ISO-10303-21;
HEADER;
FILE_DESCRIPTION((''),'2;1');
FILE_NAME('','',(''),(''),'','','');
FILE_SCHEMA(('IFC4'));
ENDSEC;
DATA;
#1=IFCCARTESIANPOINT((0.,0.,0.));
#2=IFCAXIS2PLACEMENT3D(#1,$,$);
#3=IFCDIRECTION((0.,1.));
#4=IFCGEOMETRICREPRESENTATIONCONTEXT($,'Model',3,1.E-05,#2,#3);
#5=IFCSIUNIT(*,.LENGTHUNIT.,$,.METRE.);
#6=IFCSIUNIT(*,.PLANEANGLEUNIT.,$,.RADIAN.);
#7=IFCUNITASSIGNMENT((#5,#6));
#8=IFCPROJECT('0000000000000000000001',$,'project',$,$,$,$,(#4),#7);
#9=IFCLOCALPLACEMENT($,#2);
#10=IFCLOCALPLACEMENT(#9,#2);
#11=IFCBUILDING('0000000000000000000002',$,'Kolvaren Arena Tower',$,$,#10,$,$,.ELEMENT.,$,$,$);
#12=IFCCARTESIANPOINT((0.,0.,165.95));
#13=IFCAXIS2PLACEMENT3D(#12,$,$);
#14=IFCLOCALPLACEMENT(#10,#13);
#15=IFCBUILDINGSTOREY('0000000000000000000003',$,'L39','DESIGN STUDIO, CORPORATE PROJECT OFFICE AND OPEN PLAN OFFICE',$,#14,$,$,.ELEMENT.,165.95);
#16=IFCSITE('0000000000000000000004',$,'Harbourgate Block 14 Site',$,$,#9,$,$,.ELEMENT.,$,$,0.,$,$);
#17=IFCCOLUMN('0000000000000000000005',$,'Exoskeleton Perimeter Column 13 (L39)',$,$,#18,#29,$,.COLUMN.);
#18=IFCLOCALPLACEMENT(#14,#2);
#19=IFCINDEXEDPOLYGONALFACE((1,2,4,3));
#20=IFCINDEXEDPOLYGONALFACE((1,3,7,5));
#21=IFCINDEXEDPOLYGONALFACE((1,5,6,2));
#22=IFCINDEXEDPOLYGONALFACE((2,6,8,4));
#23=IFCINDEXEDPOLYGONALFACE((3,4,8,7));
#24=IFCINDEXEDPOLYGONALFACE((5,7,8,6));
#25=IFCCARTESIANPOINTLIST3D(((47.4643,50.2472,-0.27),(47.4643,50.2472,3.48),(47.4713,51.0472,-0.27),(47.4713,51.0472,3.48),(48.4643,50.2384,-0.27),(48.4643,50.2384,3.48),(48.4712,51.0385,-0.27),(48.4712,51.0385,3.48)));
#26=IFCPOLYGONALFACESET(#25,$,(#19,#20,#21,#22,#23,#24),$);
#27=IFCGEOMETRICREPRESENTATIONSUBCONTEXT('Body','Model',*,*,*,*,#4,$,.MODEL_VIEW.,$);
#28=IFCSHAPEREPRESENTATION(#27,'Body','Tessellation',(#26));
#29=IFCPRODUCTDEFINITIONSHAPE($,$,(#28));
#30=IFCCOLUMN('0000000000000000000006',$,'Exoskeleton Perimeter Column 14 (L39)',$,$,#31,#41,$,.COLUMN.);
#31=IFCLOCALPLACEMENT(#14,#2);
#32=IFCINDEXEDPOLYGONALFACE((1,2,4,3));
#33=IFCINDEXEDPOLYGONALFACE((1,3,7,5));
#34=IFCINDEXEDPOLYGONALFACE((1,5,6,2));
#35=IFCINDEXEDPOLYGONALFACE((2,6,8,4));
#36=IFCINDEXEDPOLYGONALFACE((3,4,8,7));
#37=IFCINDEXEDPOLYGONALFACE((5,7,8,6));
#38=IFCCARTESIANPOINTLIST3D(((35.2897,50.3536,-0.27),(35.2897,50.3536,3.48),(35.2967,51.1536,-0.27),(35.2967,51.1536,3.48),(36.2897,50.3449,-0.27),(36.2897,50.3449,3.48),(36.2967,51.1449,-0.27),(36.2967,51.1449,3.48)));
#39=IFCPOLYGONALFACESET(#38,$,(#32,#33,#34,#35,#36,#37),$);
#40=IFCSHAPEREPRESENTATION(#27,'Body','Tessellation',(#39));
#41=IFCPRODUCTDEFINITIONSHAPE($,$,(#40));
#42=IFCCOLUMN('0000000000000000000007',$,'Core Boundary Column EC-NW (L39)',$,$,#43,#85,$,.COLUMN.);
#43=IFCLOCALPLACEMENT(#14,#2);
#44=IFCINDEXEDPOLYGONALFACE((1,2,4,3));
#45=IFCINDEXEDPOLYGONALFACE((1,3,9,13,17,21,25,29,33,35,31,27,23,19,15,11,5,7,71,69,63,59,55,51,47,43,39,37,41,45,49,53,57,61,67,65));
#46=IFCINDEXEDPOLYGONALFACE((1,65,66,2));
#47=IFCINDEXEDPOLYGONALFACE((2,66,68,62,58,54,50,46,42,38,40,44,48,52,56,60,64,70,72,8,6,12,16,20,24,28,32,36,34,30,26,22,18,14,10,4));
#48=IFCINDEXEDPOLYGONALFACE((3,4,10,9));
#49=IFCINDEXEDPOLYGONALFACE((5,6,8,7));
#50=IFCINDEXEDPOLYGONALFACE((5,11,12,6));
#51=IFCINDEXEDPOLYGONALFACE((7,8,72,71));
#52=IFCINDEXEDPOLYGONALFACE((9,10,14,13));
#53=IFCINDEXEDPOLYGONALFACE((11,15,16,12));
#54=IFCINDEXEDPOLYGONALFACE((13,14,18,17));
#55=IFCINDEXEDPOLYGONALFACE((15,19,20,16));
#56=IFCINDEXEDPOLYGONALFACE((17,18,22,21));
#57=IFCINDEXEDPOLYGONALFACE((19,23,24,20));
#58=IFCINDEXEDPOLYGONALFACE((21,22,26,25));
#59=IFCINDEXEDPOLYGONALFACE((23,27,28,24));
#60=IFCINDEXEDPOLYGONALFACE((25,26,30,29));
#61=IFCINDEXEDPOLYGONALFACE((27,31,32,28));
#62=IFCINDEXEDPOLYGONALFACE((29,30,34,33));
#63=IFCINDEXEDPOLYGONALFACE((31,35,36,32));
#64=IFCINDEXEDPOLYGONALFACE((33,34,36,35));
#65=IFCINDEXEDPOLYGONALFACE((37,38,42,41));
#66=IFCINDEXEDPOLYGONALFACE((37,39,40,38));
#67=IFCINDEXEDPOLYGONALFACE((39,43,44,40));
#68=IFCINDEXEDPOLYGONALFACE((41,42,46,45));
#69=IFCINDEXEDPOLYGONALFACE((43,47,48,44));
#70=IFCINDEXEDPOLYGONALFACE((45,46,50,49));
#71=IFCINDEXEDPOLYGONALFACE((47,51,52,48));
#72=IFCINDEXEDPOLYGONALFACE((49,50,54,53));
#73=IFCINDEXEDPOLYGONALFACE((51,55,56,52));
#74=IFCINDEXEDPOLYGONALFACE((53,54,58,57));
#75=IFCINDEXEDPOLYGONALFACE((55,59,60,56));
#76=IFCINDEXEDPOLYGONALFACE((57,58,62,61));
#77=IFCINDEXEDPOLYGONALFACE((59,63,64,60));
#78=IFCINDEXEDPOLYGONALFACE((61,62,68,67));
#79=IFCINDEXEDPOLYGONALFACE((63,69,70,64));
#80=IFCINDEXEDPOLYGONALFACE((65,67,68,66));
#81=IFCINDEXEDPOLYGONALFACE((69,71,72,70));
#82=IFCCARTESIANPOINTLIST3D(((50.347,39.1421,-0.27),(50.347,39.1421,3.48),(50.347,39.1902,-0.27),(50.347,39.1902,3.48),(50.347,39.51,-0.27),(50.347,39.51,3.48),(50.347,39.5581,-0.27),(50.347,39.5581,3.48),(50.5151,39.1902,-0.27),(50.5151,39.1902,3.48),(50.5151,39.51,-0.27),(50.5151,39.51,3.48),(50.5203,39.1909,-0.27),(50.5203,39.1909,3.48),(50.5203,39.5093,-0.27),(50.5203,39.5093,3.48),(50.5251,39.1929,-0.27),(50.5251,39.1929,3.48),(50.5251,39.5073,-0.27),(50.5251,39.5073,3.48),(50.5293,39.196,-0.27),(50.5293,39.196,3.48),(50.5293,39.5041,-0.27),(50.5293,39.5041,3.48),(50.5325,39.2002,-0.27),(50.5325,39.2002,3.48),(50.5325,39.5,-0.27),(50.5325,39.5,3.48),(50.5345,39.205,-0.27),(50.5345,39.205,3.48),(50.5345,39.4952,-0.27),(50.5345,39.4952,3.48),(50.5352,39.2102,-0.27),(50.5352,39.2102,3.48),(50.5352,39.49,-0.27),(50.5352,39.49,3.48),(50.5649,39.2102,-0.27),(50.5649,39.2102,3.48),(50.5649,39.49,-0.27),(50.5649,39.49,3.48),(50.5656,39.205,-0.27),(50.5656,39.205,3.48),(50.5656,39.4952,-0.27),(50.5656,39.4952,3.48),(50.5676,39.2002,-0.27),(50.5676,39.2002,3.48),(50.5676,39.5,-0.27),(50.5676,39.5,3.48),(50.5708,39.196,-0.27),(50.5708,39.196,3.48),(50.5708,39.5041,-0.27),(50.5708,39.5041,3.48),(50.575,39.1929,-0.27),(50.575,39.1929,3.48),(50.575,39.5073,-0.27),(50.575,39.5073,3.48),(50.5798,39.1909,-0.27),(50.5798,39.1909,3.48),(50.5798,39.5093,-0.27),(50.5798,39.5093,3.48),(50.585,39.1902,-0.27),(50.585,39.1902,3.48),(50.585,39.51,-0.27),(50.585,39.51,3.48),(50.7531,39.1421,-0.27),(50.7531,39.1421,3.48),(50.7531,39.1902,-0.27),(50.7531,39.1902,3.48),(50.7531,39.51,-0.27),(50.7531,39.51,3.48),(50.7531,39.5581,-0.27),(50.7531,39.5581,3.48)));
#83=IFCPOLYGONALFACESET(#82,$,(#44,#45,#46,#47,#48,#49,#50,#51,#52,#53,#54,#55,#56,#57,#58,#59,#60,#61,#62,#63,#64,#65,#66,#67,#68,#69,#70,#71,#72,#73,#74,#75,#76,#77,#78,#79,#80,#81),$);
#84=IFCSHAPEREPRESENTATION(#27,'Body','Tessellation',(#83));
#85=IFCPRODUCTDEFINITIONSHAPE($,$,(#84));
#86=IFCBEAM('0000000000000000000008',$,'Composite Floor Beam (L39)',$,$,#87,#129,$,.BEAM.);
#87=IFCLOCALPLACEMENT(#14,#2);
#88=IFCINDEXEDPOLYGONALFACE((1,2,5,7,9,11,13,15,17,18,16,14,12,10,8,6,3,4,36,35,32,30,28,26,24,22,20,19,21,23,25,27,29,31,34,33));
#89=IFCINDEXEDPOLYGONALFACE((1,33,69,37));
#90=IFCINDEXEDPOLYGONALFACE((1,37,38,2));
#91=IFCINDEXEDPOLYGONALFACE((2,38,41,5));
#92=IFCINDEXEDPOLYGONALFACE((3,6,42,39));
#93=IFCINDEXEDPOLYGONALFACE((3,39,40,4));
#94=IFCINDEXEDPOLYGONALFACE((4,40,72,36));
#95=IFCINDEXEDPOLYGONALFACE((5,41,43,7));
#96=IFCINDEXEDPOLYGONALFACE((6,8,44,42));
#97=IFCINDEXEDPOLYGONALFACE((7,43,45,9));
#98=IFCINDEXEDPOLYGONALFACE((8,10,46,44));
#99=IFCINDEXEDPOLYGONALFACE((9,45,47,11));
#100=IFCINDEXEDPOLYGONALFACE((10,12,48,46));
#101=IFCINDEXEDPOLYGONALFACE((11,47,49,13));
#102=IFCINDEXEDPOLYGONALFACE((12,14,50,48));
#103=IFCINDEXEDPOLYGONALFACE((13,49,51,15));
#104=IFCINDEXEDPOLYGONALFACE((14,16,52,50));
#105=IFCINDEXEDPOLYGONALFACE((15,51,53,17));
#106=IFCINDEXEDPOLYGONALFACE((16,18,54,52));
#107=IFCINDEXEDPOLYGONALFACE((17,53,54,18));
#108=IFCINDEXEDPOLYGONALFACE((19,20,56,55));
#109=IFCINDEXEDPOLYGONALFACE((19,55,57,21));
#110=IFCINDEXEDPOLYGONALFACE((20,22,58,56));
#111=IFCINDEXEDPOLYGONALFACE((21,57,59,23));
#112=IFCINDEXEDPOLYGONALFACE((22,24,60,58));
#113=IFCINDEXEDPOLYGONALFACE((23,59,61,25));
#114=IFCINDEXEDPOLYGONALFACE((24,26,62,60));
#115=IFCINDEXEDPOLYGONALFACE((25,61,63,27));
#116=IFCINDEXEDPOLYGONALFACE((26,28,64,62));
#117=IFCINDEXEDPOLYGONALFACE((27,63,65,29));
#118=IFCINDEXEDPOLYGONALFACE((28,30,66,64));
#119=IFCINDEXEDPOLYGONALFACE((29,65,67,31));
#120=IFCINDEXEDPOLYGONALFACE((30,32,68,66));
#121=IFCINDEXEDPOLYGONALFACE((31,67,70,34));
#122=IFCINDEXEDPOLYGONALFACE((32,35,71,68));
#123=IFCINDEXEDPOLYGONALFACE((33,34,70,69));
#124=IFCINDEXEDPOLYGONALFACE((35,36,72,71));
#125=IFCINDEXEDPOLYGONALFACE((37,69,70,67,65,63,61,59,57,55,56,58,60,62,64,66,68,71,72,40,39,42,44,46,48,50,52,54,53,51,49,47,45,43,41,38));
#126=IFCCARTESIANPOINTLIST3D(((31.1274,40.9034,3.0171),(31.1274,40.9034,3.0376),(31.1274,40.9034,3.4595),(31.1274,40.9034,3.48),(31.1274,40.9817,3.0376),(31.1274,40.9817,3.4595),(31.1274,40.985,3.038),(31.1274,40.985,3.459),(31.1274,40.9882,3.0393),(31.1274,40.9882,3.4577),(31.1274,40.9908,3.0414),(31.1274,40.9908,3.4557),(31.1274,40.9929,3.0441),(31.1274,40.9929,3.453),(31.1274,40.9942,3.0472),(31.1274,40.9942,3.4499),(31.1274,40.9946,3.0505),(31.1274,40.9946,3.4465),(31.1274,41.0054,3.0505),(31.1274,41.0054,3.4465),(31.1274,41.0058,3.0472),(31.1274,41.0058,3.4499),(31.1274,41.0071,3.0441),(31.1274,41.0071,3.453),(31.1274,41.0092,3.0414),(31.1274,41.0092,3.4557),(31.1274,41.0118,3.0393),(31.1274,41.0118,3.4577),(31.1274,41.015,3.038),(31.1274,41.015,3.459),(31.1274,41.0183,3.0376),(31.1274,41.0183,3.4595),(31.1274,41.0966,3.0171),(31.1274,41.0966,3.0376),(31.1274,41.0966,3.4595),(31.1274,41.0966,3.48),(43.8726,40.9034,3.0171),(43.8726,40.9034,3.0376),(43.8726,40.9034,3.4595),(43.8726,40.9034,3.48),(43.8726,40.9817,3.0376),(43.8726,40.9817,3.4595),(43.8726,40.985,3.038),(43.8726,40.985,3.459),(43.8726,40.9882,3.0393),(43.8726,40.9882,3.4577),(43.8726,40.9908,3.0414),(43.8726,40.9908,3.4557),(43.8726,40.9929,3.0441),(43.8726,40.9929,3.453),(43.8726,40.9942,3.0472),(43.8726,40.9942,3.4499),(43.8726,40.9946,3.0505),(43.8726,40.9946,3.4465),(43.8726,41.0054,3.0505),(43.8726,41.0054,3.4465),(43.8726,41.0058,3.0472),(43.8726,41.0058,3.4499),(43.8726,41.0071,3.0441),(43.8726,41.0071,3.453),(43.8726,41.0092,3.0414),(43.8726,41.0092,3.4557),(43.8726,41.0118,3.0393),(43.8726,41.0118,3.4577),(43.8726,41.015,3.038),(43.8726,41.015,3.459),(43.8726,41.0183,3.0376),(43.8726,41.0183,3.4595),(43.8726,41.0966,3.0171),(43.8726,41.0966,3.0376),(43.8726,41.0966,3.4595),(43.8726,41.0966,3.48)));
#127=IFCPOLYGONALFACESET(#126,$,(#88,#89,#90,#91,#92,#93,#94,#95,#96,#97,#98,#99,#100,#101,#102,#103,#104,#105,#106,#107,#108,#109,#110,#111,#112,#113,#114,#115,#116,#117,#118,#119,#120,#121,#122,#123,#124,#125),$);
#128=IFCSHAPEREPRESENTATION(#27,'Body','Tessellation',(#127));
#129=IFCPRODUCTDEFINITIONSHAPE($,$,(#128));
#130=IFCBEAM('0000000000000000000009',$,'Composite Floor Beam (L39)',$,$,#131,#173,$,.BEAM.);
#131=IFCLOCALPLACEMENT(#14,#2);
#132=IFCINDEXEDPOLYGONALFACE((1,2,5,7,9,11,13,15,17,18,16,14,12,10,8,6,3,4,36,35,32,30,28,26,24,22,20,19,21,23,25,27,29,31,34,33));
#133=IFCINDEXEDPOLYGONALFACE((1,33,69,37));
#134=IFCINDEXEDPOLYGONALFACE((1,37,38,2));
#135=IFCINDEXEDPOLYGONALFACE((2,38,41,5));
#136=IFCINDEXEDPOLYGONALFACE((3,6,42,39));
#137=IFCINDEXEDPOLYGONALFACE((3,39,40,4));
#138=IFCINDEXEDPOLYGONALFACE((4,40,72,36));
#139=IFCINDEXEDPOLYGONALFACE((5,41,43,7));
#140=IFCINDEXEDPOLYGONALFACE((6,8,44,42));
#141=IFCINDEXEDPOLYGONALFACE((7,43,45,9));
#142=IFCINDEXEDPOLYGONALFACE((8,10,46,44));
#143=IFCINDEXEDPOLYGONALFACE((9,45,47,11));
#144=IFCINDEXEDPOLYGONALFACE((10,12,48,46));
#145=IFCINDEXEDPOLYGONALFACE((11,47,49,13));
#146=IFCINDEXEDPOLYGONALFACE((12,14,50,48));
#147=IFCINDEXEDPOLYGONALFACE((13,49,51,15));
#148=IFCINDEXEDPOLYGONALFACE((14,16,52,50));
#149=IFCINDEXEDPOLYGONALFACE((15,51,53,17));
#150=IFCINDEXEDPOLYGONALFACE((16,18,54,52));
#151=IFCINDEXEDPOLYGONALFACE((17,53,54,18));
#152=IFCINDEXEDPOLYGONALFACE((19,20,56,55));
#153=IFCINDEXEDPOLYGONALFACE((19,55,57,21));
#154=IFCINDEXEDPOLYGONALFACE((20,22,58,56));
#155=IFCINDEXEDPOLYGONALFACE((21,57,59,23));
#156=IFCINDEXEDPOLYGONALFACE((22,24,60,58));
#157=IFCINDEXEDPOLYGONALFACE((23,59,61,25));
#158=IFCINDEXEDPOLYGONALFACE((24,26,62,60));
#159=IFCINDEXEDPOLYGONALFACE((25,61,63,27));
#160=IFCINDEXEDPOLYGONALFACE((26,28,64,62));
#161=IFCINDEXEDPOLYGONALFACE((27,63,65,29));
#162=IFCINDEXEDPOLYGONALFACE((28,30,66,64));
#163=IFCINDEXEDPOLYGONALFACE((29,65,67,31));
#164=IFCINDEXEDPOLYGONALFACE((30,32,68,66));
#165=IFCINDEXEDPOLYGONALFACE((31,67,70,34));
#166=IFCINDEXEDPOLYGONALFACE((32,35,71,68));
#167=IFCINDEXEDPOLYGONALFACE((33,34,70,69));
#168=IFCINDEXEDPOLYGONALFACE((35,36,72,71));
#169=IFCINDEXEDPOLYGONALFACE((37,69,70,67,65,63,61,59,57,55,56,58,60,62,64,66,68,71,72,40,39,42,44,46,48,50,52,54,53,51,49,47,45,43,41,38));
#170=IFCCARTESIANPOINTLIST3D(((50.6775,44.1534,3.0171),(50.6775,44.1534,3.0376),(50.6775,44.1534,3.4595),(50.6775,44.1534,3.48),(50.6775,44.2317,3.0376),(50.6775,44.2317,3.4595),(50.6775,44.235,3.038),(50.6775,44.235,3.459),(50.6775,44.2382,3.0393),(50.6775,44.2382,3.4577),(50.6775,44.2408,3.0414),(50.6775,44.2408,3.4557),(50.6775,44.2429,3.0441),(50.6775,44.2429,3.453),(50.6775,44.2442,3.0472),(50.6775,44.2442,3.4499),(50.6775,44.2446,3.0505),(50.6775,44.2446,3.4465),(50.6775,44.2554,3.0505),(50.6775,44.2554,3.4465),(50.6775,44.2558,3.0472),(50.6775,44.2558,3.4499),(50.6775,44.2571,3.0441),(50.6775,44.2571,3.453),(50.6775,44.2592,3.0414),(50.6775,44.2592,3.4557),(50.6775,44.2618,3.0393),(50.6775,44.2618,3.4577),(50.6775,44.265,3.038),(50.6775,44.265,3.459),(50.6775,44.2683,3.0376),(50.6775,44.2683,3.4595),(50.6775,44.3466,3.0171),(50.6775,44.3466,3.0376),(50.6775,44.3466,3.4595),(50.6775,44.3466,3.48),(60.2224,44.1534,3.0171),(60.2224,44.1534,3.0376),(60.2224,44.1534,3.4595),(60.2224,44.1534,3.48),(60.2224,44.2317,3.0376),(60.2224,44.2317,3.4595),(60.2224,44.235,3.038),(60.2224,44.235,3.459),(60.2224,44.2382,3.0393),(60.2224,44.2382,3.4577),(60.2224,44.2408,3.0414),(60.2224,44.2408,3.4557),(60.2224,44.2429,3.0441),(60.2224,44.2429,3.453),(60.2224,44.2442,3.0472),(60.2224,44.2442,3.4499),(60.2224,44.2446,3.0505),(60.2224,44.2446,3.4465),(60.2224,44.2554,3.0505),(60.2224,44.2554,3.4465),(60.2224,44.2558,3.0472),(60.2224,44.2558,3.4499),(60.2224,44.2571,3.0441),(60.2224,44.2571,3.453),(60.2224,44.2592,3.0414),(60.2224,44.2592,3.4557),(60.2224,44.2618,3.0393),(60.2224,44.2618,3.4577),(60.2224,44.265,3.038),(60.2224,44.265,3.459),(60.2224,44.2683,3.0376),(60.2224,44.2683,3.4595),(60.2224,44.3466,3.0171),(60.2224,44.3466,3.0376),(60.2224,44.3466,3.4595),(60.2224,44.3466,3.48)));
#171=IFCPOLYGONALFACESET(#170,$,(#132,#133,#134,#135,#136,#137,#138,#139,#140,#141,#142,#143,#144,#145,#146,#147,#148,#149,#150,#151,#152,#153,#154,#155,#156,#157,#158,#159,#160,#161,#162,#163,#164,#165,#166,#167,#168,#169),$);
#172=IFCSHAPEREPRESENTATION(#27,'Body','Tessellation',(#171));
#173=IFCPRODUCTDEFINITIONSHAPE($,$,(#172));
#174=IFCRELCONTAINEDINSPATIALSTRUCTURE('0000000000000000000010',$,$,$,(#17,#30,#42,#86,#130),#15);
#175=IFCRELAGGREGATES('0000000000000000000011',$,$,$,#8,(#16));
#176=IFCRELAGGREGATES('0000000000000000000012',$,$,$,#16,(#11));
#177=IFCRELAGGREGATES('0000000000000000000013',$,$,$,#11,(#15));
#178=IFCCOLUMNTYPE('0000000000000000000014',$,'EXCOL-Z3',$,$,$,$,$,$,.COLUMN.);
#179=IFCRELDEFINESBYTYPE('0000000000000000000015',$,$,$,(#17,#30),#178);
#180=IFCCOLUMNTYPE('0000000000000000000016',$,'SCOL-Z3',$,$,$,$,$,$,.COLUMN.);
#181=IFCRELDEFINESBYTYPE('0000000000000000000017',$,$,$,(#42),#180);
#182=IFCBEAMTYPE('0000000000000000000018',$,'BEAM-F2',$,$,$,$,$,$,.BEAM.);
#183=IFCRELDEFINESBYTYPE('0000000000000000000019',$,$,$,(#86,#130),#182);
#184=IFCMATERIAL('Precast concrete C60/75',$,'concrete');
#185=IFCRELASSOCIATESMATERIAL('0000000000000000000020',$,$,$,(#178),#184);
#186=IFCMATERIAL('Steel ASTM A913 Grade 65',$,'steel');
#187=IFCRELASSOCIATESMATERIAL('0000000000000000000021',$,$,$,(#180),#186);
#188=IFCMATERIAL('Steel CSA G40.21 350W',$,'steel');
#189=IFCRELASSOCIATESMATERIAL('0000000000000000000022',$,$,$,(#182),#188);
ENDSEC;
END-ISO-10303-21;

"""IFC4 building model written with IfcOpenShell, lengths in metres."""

from ifc_helpers import new_model, si_unit, direction, frame, origin, origin_2d, place, context, subcontext, project, spatial, rectangle, i_section, extrude, material, material_profile, profile_set, type_object, element, save


model = new_model("IFC4")

# Units and contexts
model_context = context("Model", 3, precision=1e-05, world=origin(), true_north=direction((0.0, 1.0)))
body_context = subcontext(model_context, "Body", "Model", "MODEL_VIEW")
ifc_project = project(units=[si_unit("LENGTHUNIT", "METRE"), si_unit("PLANEANGLEUNIT", "RADIAN")], contexts=[model_context])

# Site, building, storey
site_placement = place(None, origin())
site = spatial("IfcSite", under=ifc_project, at=site_placement, Name="Harbourgate Block 14 Site", CompositionType="ELEMENT", RefElevation=0.0)
building_placement = place(site_placement, origin())
building = spatial("IfcBuilding", under=site, at=building_placement, Name="Kolvaren Arena Tower", CompositionType="ELEMENT")
storey_placement = place(building_placement, frame((0.0, 0.0, 165.95)))
storey = spatial("IfcBuildingStorey", under=building, at=storey_placement, Name="L39", Description="DESIGN STUDIO, CORPORATE PROJECT OFFICE AND OPEN PLAN OFFICE", CompositionType="ELEMENT", Elevation=165.95)

# Columns
ifc_material_1 = material(Name="Precast concrete C60/75", Category="concrete")
ifc_material_profile_1 = material_profile(ifc_material_1, rectangle(XDim=1.0, YDim=0.8, at=origin_2d()), Name="RC-1000x800")
ifc_profile_set_1 = profile_set([ifc_material_profile_1], Name="Precast concrete C60/75")
column_type_1 = type_object("IfcColumnType", Name="EXCOL-Z3", PredefinedType="COLUMN", material=ifc_profile_set_1)
for number, where, z_axis, x_axis, name in (
    (1, (47.9678, 50.6428, -0.27), (0.0, 0.0, 1.0), (0.999962, -0.008727, 0.0), "Exoskeleton Perimeter Column 13 (L39)"),
    (2, (35.7932, 50.7493, -0.27), (0.0, 0.0, 1.0), (0.999962, -0.008727, 0.0), "Exoskeleton Perimeter Column 14 (L39)"),
):
    element("IfcColumn", number, at=place(storey_placement, frame(where, z_axis=z_axis, x_axis=x_axis)), inside=storey, type_object=column_type_1, Name=name, PredefinedType="COLUMN", context=body_context, shape_type="SweptSolid", body=[
        extrude(rectangle(XDim=1.0, YDim=0.8, at=origin_2d()), origin(), (0.0, 0.0, 1.0), 3.75),
    ])
ifc_material_2 = material(Name="Steel ASTM A913 Grade 65", Category="steel")
ifc_material_profile_2 = material_profile(ifc_material_2, i_section(OverallWidth=0.406, OverallDepth=0.416, WebThickness=0.0298, FlangeThickness=0.0481, FilletRadius=0.02, at=origin_2d()), Name="W360x382")
ifc_profile_set_2 = profile_set([ifc_material_profile_2], Name="Steel ASTM A913 Grade 65")
column_type_2 = type_object("IfcColumnType", Name="SCOL-Z3", PredefinedType="COLUMN", material=ifc_profile_set_2)
column_placement = place(storey_placement, frame((50.55, 39.3501, -0.27), z_axis=(0.0, 0.0, 1.0), x_axis=(1.0, 0.0, 0.0)))
element("IfcColumn", 3, at=column_placement, inside=storey, type_object=column_type_2, Name="Core Boundary Column EC-NW (L39)", PredefinedType="COLUMN", context=body_context, shape_type="SweptSolid", body=[
    extrude(i_section(OverallWidth=0.406, OverallDepth=0.416, WebThickness=0.0298, FlangeThickness=0.0481, FilletRadius=0.02, at=origin_2d()), origin(), (0.0, 0.0, 1.0), 3.75),
])

# Beams
ifc_material_3 = material(Name="Steel CSA G40.21 350W", Category="steel")
ifc_material_profile_3 = material_profile(ifc_material_3, i_section(OverallWidth=0.1931, OverallDepth=0.4629, WebThickness=0.0107, FlangeThickness=0.0205, FilletRadius=0.0129, at=origin_2d()), Name="W460x113")
ifc_profile_set_3 = profile_set([ifc_material_profile_3], Name="Steel CSA G40.21 350W")
beam_type_1 = type_object("IfcBeamType", Name="BEAM-F2", PredefinedType="BEAM", material=ifc_profile_set_3)
beam_1_placement = place(storey_placement, frame((31.1274, 41.0, 3.2485), z_axis=(1.0, 0.0, 0.0), x_axis=(0.0, 1.0, 0.0)))
element("IfcBeam", 4, at=beam_1_placement, inside=storey, type_object=beam_type_1, Name="Composite Floor Beam (L39)", PredefinedType="BEAM", context=body_context, shape_type="SweptSolid", body=[
    extrude(i_section(OverallWidth=0.1931, OverallDepth=0.4629, WebThickness=0.0107, FlangeThickness=0.0205, FilletRadius=0.0129, at=origin_2d()), origin(), (0.0, 0.0, 1.0), 12.7451),
])
beam_2_placement = place(storey_placement, frame((50.6775, 44.25, 3.2485), z_axis=(1.0, 0.0, 0.0), x_axis=(0.0, 1.0, 0.0)))
element("IfcBeam", 5, at=beam_2_placement, inside=storey, type_object=beam_type_1, Name="Composite Floor Beam (L39)", PredefinedType="BEAM", context=body_context, shape_type="SweptSolid", body=[
    extrude(i_section(OverallWidth=0.1931, OverallDepth=0.4629, WebThickness=0.0107, FlangeThickness=0.0205, FilletRadius=0.0129, at=origin_2d()), origin(), (0.0, 0.0, 1.0), 9.5449),
])

save(model, "model.ifc")
